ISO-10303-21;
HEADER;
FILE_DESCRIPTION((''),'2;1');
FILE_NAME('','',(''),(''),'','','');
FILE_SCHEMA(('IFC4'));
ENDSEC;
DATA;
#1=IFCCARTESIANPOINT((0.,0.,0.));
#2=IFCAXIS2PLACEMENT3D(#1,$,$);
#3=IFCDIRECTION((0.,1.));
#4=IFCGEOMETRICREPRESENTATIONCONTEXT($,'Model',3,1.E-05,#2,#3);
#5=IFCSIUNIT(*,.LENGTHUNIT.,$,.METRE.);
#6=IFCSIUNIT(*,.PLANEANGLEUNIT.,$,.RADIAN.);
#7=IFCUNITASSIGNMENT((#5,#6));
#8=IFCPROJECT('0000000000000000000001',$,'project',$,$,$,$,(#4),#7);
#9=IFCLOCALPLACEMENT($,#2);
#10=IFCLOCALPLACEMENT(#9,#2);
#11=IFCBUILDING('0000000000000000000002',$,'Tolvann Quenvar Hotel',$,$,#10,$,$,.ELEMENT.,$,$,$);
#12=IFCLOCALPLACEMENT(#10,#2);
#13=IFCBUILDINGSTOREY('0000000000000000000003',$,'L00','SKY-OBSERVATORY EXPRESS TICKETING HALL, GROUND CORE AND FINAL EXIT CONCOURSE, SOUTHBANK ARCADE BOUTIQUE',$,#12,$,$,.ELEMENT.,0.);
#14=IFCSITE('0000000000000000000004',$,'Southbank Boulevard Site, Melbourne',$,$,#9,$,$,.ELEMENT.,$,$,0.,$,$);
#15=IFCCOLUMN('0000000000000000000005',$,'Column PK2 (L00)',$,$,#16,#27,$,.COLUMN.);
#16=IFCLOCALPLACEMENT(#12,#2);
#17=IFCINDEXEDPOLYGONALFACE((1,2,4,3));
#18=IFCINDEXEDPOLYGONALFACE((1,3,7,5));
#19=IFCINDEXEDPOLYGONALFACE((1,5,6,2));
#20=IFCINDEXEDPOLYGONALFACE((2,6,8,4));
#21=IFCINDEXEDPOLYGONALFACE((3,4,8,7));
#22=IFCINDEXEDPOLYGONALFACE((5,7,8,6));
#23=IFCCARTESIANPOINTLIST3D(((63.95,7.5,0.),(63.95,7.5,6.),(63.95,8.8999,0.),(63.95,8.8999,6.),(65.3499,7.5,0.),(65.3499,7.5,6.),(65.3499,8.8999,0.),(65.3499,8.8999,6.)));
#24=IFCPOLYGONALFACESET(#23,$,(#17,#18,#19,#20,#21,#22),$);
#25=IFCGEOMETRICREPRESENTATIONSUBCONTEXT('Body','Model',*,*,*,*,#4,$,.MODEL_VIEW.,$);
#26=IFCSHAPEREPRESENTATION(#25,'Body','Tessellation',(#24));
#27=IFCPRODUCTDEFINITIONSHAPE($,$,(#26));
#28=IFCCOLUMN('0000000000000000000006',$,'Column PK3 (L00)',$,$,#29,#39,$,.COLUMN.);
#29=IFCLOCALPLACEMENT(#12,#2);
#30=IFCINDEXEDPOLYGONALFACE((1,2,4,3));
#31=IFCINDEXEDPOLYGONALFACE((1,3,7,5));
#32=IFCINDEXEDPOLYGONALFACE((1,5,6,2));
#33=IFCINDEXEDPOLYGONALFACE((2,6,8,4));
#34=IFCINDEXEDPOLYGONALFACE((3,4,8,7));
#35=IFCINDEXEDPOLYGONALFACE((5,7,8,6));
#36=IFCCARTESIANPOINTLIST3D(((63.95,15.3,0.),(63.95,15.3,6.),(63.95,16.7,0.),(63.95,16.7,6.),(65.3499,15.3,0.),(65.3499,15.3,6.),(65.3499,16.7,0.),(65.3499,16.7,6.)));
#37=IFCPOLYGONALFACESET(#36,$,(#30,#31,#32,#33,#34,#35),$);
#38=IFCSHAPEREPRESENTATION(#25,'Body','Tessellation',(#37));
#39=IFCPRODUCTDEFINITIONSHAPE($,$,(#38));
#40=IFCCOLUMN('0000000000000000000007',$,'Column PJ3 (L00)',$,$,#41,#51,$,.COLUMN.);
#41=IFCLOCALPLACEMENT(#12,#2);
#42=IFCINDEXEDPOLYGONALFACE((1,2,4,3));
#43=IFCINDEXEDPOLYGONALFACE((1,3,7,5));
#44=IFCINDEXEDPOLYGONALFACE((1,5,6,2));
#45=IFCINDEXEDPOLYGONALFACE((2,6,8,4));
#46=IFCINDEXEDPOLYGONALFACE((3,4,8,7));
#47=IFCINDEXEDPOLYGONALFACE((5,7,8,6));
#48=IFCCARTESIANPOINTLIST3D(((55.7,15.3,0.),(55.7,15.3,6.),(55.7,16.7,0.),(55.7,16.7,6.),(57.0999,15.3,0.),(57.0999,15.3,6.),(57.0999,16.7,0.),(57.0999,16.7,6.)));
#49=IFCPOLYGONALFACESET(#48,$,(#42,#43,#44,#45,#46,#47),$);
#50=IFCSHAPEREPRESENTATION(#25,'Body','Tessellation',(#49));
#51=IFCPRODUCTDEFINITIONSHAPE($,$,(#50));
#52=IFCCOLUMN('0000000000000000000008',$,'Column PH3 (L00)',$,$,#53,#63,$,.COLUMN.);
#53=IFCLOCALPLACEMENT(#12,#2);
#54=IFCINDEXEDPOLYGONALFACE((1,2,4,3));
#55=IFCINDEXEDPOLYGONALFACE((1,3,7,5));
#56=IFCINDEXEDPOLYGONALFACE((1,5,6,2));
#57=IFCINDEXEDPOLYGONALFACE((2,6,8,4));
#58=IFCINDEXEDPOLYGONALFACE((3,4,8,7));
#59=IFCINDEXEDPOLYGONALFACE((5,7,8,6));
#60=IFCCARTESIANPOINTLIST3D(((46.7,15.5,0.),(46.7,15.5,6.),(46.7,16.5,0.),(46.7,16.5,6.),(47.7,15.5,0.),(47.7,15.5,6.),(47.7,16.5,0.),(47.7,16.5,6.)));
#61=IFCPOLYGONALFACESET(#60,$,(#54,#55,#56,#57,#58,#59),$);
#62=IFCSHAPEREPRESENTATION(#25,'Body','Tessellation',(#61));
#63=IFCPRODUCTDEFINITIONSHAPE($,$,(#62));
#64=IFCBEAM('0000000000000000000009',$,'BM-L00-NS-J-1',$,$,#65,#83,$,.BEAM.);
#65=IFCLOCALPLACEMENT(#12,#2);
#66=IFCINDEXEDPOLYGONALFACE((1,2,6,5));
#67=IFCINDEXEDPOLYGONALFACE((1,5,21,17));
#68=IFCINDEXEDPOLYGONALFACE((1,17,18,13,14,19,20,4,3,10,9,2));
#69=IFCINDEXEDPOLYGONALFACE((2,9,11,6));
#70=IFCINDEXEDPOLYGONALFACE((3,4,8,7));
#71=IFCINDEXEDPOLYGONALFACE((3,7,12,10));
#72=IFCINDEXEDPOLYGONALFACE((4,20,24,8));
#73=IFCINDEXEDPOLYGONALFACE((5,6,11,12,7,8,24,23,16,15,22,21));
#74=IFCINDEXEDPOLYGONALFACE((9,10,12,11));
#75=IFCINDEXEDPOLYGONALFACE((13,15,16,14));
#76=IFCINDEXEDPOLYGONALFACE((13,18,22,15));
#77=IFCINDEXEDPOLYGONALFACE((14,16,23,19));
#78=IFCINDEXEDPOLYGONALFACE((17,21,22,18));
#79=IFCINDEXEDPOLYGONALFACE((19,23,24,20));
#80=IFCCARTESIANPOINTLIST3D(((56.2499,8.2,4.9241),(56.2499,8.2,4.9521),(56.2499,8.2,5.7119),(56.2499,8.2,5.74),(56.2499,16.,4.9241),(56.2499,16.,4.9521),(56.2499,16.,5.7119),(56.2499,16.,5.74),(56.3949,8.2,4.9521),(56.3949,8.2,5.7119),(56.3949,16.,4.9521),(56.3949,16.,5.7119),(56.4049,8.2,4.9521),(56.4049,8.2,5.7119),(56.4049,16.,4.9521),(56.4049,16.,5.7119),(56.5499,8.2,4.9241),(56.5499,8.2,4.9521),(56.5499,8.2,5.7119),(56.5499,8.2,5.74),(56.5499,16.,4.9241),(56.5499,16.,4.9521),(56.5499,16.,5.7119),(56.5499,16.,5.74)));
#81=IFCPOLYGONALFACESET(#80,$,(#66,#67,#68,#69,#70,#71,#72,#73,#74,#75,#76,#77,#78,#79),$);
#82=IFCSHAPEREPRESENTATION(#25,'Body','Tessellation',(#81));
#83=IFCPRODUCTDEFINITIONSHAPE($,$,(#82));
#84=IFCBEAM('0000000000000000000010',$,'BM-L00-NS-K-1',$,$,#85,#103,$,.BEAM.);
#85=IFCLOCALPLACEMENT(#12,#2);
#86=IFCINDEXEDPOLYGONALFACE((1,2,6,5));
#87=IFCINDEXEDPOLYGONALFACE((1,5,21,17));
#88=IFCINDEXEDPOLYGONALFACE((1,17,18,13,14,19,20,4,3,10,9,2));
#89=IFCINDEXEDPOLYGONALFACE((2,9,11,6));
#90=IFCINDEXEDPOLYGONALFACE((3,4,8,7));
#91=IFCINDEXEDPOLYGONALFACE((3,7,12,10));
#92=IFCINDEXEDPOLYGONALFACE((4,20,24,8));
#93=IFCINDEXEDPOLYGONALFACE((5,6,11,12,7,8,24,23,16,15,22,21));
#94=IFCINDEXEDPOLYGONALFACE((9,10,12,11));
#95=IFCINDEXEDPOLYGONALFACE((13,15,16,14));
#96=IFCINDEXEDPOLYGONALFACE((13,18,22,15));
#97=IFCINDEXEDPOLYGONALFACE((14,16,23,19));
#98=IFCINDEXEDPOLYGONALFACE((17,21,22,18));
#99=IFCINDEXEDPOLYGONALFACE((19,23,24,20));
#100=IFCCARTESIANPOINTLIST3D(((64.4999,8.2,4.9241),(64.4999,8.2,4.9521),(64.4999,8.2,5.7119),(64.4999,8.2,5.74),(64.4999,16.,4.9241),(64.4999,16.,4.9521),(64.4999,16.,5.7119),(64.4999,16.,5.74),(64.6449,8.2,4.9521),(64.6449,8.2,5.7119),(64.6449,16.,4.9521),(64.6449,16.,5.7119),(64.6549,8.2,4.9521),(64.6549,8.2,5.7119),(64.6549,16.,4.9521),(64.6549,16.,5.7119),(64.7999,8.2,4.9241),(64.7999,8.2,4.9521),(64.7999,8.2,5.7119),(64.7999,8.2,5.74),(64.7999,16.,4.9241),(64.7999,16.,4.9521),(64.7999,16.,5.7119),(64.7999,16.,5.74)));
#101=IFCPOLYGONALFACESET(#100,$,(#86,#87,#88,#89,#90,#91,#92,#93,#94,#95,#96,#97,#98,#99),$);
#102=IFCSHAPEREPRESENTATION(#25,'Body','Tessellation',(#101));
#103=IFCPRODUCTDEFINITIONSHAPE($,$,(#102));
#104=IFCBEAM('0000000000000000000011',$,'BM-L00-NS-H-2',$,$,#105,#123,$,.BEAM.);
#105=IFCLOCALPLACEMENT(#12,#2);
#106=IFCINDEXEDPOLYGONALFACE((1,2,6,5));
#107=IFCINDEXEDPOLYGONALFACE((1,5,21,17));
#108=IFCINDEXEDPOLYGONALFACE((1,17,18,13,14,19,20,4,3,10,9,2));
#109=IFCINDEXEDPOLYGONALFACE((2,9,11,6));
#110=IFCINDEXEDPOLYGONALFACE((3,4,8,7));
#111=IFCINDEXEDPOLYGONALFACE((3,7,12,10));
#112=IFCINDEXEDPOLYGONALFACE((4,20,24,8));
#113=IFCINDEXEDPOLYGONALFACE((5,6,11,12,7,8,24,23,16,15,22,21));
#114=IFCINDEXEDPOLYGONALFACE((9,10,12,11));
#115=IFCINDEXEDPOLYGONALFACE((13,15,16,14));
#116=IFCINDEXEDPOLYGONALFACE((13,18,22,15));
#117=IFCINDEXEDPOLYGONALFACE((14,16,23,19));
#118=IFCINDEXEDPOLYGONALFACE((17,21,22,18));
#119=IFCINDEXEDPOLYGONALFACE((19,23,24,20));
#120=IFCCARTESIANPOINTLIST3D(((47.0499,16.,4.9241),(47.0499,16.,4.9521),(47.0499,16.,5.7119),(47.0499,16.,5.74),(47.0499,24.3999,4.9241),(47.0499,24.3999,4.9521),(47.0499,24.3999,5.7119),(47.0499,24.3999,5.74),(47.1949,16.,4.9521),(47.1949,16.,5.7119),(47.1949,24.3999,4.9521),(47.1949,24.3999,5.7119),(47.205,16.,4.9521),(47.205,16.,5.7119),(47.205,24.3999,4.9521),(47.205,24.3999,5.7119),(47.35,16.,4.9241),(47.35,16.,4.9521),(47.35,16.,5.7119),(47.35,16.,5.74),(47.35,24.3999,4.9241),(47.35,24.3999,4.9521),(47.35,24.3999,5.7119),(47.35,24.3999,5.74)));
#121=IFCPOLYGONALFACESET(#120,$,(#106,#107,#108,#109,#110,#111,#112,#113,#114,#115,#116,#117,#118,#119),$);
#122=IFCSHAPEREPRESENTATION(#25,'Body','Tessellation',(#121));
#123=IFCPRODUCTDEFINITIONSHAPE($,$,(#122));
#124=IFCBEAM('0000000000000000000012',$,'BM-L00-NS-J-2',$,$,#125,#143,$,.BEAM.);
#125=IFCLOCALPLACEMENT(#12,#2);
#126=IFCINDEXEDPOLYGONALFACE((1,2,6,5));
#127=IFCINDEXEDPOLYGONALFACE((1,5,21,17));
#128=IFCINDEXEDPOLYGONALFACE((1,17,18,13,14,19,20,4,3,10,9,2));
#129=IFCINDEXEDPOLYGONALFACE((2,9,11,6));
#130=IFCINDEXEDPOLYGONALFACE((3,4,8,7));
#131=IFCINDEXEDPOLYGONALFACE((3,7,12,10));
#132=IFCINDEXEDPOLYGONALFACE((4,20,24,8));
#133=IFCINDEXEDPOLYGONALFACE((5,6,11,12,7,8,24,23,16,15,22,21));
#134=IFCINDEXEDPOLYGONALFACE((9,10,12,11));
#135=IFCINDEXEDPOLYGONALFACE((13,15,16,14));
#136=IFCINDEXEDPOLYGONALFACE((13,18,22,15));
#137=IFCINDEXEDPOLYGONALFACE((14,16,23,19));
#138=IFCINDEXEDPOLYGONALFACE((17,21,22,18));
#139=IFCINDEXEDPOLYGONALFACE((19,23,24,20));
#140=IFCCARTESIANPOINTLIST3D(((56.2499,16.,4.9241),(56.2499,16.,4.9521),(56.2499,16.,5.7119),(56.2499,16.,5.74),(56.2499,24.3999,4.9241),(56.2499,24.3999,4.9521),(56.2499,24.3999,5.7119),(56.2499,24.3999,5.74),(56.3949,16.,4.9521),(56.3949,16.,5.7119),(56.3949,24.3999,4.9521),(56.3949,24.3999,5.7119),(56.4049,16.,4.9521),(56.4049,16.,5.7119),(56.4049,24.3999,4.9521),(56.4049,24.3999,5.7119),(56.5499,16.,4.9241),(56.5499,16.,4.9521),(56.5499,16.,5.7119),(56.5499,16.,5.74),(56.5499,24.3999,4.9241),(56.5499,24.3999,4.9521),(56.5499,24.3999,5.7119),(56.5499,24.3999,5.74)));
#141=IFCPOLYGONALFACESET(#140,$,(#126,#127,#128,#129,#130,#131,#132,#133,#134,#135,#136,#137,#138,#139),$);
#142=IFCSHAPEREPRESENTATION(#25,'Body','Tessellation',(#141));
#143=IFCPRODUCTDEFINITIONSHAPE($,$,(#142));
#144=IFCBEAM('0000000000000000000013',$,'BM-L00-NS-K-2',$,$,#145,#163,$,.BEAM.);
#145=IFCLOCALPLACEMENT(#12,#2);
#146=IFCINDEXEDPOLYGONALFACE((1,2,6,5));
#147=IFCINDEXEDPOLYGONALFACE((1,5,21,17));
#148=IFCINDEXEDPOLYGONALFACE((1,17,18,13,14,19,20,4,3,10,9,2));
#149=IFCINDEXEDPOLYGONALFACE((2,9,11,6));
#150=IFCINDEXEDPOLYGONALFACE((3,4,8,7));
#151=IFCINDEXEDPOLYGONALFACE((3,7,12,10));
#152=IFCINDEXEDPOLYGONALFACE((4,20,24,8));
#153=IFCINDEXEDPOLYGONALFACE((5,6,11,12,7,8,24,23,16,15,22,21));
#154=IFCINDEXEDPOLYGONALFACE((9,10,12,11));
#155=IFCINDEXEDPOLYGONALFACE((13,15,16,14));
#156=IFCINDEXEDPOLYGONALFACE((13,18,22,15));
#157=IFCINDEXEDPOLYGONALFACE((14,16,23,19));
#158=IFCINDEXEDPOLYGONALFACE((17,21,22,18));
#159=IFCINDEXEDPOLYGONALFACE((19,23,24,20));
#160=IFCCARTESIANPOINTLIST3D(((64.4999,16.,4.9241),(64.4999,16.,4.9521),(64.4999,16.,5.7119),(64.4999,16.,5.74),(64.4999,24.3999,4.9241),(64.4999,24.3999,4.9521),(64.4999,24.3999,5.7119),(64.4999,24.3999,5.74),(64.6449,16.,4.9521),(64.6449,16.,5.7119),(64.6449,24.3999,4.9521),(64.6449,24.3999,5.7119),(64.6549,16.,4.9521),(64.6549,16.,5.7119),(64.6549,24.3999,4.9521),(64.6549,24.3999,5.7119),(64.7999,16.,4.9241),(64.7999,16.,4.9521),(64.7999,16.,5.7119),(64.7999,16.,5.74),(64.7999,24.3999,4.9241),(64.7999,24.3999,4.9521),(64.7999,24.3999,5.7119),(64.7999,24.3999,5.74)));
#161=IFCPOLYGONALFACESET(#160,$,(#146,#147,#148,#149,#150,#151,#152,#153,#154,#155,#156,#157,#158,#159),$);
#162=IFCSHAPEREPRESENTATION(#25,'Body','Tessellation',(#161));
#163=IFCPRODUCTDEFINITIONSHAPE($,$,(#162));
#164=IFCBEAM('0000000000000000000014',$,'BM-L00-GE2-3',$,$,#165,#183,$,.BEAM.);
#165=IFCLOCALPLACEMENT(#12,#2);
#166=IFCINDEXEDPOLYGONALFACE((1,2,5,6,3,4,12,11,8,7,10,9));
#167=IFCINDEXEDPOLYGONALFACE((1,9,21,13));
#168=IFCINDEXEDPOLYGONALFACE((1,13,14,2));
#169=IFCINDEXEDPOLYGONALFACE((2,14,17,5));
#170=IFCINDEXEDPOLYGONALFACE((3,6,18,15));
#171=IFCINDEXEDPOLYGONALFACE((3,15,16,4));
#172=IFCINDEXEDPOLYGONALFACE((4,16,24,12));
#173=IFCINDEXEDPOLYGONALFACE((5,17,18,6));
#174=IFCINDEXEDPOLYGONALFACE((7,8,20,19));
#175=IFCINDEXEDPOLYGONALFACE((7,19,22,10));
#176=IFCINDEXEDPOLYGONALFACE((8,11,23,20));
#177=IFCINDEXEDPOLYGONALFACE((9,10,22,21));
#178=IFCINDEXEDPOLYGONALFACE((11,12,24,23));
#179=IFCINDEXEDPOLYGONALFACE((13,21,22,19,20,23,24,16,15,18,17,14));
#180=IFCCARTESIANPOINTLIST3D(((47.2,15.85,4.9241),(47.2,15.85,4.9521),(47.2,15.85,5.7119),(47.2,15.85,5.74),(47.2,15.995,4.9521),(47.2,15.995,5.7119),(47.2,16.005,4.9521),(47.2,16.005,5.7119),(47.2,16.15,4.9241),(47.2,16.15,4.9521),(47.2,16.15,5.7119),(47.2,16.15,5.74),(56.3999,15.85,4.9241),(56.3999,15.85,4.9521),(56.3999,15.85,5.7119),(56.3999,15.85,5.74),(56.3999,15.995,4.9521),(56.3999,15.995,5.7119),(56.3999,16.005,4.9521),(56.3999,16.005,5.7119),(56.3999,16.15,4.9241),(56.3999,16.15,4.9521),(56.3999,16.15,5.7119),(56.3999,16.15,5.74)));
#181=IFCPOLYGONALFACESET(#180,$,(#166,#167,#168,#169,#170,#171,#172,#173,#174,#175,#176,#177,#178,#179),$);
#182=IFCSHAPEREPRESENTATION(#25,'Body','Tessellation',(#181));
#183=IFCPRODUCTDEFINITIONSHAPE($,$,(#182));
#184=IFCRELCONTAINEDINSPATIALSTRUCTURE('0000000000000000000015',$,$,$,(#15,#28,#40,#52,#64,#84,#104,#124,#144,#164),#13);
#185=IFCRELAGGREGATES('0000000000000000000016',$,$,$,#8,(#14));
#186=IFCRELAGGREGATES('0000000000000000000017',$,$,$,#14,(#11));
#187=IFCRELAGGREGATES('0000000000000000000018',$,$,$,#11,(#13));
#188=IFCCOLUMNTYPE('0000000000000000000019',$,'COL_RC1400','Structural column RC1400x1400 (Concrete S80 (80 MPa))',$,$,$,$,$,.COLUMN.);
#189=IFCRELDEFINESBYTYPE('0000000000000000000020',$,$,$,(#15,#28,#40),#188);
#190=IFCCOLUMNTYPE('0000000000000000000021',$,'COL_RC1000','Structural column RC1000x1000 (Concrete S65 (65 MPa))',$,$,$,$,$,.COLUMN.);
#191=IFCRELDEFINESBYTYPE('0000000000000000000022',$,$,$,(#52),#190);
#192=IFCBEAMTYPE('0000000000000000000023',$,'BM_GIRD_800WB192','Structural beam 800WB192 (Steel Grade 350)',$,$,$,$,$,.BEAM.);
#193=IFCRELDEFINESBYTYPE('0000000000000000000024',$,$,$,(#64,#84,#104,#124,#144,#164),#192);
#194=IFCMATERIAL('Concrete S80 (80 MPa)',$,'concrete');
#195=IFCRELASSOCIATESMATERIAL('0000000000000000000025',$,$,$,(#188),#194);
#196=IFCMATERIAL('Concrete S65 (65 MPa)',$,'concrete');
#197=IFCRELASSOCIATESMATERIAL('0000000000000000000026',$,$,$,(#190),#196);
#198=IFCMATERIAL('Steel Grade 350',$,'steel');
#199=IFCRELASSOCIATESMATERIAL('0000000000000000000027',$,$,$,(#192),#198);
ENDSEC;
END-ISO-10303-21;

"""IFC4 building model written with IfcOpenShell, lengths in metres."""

from ifc_helpers import new_model, si_unit, direction, frame, origin, origin_2d, place, context, subcontext, project, spatial, rectangle, i_section, extrude, source, transform, mapped, material, material_profile, profile_set, type_object, type_shapes, element, save


model = new_model("IFC4")

# Units and contexts
model_context = context("Model", 3, precision=1e-05, world=origin(), true_north=direction((0.0, 1.0)))
body_context = subcontext(model_context, "Body", "Model", "MODEL_VIEW")
ifc_project = project(units=[si_unit("LENGTHUNIT", "METRE"), si_unit("PLANEANGLEUNIT", "RADIAN")], contexts=[model_context])

# Site, building, storey
site_placement = place(None, origin())
site = spatial("IfcSite", under=ifc_project, at=site_placement, Name="Southbank Boulevard Site, Melbourne", CompositionType="ELEMENT", RefElevation=0.0)
building_placement = place(site_placement, origin())
building = spatial("IfcBuilding", under=site, at=building_placement, Name="Tolvann Quenvar Hotel", CompositionType="ELEMENT")
storey_placement = place(building_placement, origin())
storey = spatial("IfcBuildingStorey", under=building, at=storey_placement, Name="L00", Description="SKY-OBSERVATORY EXPRESS TICKETING HALL, GROUND CORE AND FINAL EXIT CONCOURSE, SOUTHBANK ARCADE BOUTIQUE", CompositionType="ELEMENT", Elevation=0.0)

# Columns
ifc_material_1 = material(Name="Concrete S80 (80 MPa)", Category="concrete")
ifc_material_profile_1 = material_profile(ifc_material_1, rectangle(XDim=1.3999, YDim=1.3999, at=origin_2d()), Name="RC1400x1400")
ifc_profile_set_1 = profile_set([ifc_material_profile_1], Name="Concrete S80 (80 MPa)")
column_type_1 = type_object("IfcColumnType", Name="COL_RC1400", Description="Structural column RC1400x1400 (Concrete S80 (80 MPa))", PredefinedType="COLUMN", material=ifc_profile_set_1)
shared_shape_1 = source(origin(), body_context, "Body", "SweptSolid", [
    extrude(rectangle(XDim=1.3999, YDim=1.3999, at=origin_2d()), origin(), (0.0, 0.0, 1.0), 6.0),
])
type_shapes(column_type_1, [shared_shape_1])
for number, where, z_axis, x_axis, name in (
    (1, (64.6499, 8.2, 0.0), (0.0, 0.0, 1.0), (1.0, 0.0, 0.0), "Column PK2 (L00)"),
    (2, (64.6499, 16.0, 0.0), (0.0, 0.0, 1.0), (1.0, 0.0, 0.0), "Column PK3 (L00)"),
    (3, (56.3999, 16.0, 0.0), (0.0, 0.0, 1.0), (1.0, 0.0, 0.0), "Column PJ3 (L00)"),
):
    element("IfcColumn", number, at=place(storey_placement, frame(where, z_axis=z_axis, x_axis=x_axis)), inside=storey, type_object=column_type_1, Name=name, PredefinedType="COLUMN", context=body_context, shape_type="MappedRepresentation", body=[
        mapped(shared_shape_1, transform((0.0, 0.0, 0.0), x_axis=(1.0, 0.0, 0.0), y_axis=(0.0, 1.0, 0.0), z_axis=(0.0, 0.0, 1.0), scale=1.0)),
    ])
ifc_material_2 = material(Name="Concrete S65 (65 MPa)", Category="concrete")
ifc_material_profile_2 = material_profile(ifc_material_2, rectangle(XDim=1.0, YDim=1.0, at=origin_2d()), Name="RC1000x1000")
ifc_profile_set_2 = profile_set([ifc_material_profile_2], Name="Concrete S65 (65 MPa)")
column_type_2 = type_object("IfcColumnType", Name="COL_RC1000", Description="Structural column RC1000x1000 (Concrete S65 (65 MPa))", PredefinedType="COLUMN", material=ifc_profile_set_2)
shared_shape_2 = source(origin(), body_context, "Body", "SweptSolid", [
    extrude(rectangle(XDim=1.0, YDim=1.0, at=origin_2d()), origin(), (0.0, 0.0, 1.0), 6.0),
])
type_shapes(column_type_2, [shared_shape_2])
column_placement = place(storey_placement, frame((47.2, 16.0, 0.0), z_axis=(0.0, 0.0, 1.0), x_axis=(1.0, 0.0, 0.0)))
element("IfcColumn", 4, at=column_placement, inside=storey, type_object=column_type_2, Name="Column PH3 (L00)", PredefinedType="COLUMN", context=body_context, shape_type="MappedRepresentation", body=[
    mapped(shared_shape_2, transform((0.0, 0.0, 0.0), x_axis=(1.0, 0.0, 0.0), y_axis=(0.0, 1.0, 0.0), z_axis=(0.0, 0.0, 1.0), scale=1.0)),
])

# Beams
ifc_material_3 = material(Name="Steel Grade 350", Category="steel")
ifc_material_profile_3 = material_profile(ifc_material_3, i_section(OverallWidth=0.3, OverallDepth=0.8159, WebThickness=0.01, FlangeThickness=0.0281, at=origin_2d()), Name="800WB192")
ifc_profile_set_3 = profile_set([ifc_material_profile_3], Name="Steel Grade 350")
beam_type_1 = type_object("IfcBeamType", Name="BM_GIRD_800WB192", Description="Structural beam 800WB192 (Steel Grade 350)", PredefinedType="BEAM", material=ifc_profile_set_3)
shared_shape_3 = source(origin(), body_context, "Body", "SweptSolid", [
    extrude(i_section(OverallWidth=0.3, OverallDepth=0.8159, WebThickness=0.01, FlangeThickness=0.0281, at=origin_2d()), origin(), (0.0, 0.0, 1.0), 7.8),
])
for number, where, z_axis, x_axis, name in (
    (5, (56.3999, 8.2, 5.332), (0.0, 1.0, 0.0), (-1.0, 0.0, 0.0), "BM-L00-NS-J-1"),
    (6, (64.6499, 8.2, 5.332), (0.0, 1.0, 0.0), (-1.0, 0.0, 0.0), "BM-L00-NS-K-1"),
):
    element("IfcBeam", number, at=place(storey_placement, frame(where, z_axis=z_axis, x_axis=x_axis)), inside=storey, type_object=beam_type_1, Name=name, PredefinedType="BEAM", context=body_context, shape_type="MappedRepresentation", body=[
        mapped(shared_shape_3, transform((0.0, 0.0, 0.0), x_axis=(1.0, 0.0, 0.0), y_axis=(0.0, 1.0, 0.0), z_axis=(0.0, 0.0, 1.0), scale=1.0)),
    ])
shared_shape_4 = source(origin(), body_context, "Body", "SweptSolid", [
    extrude(i_section(OverallWidth=0.3, OverallDepth=0.8159, WebThickness=0.01, FlangeThickness=0.0281, at=origin_2d()), origin(), (0.0, 0.0, 1.0), 8.3999),
])
for number, where, z_axis, x_axis, name in (
    (7, (47.2, 16.0, 5.332), (0.0, 1.0, 0.0), (-1.0, 0.0, 0.0), "BM-L00-NS-H-2"),
    (8, (56.3999, 16.0, 5.332), (0.0, 1.0, 0.0), (-1.0, 0.0, 0.0), "BM-L00-NS-J-2"),
    (9, (64.6499, 16.0, 5.332), (0.0, 1.0, 0.0), (-1.0, 0.0, 0.0), "BM-L00-NS-K-2"),
):
    element("IfcBeam", number, at=place(storey_placement, frame(where, z_axis=z_axis, x_axis=x_axis)), inside=storey, type_object=beam_type_1, Name=name, PredefinedType="BEAM", context=body_context, shape_type="MappedRepresentation", body=[
        mapped(shared_shape_4, transform((0.0, 0.0, 0.0), x_axis=(1.0, 0.0, 0.0), y_axis=(0.0, 1.0, 0.0), z_axis=(0.0, 0.0, 1.0), scale=1.0)),
    ])
shared_shape_5 = source(origin(), body_context, "Body", "SweptSolid", [
    extrude(i_section(OverallWidth=0.3, OverallDepth=0.8159, WebThickness=0.01, FlangeThickness=0.0281, at=origin_2d()), origin(), (0.0, 0.0, 1.0), 9.2),
])
type_shapes(beam_type_1, [shared_shape_3, shared_shape_4, shared_shape_5])
beam_1_placement = place(storey_placement, frame((47.2, 16.0, 5.332), z_axis=(1.0, 0.0, 0.0), x_axis=(0.0, 1.0, 0.0)))
element("IfcBeam", 10, at=beam_1_placement, inside=storey, type_object=beam_type_1, Name="BM-L00-GE2-3", PredefinedType="BEAM", context=body_context, shape_type="MappedRepresentation", body=[
    mapped(shared_shape_5, transform((0.0, 0.0, 0.0), x_axis=(1.0, 0.0, 0.0), y_axis=(0.0, 1.0, 0.0), z_axis=(0.0, 0.0, 1.0), scale=1.0)),
])

save(model, "model.ifc")
